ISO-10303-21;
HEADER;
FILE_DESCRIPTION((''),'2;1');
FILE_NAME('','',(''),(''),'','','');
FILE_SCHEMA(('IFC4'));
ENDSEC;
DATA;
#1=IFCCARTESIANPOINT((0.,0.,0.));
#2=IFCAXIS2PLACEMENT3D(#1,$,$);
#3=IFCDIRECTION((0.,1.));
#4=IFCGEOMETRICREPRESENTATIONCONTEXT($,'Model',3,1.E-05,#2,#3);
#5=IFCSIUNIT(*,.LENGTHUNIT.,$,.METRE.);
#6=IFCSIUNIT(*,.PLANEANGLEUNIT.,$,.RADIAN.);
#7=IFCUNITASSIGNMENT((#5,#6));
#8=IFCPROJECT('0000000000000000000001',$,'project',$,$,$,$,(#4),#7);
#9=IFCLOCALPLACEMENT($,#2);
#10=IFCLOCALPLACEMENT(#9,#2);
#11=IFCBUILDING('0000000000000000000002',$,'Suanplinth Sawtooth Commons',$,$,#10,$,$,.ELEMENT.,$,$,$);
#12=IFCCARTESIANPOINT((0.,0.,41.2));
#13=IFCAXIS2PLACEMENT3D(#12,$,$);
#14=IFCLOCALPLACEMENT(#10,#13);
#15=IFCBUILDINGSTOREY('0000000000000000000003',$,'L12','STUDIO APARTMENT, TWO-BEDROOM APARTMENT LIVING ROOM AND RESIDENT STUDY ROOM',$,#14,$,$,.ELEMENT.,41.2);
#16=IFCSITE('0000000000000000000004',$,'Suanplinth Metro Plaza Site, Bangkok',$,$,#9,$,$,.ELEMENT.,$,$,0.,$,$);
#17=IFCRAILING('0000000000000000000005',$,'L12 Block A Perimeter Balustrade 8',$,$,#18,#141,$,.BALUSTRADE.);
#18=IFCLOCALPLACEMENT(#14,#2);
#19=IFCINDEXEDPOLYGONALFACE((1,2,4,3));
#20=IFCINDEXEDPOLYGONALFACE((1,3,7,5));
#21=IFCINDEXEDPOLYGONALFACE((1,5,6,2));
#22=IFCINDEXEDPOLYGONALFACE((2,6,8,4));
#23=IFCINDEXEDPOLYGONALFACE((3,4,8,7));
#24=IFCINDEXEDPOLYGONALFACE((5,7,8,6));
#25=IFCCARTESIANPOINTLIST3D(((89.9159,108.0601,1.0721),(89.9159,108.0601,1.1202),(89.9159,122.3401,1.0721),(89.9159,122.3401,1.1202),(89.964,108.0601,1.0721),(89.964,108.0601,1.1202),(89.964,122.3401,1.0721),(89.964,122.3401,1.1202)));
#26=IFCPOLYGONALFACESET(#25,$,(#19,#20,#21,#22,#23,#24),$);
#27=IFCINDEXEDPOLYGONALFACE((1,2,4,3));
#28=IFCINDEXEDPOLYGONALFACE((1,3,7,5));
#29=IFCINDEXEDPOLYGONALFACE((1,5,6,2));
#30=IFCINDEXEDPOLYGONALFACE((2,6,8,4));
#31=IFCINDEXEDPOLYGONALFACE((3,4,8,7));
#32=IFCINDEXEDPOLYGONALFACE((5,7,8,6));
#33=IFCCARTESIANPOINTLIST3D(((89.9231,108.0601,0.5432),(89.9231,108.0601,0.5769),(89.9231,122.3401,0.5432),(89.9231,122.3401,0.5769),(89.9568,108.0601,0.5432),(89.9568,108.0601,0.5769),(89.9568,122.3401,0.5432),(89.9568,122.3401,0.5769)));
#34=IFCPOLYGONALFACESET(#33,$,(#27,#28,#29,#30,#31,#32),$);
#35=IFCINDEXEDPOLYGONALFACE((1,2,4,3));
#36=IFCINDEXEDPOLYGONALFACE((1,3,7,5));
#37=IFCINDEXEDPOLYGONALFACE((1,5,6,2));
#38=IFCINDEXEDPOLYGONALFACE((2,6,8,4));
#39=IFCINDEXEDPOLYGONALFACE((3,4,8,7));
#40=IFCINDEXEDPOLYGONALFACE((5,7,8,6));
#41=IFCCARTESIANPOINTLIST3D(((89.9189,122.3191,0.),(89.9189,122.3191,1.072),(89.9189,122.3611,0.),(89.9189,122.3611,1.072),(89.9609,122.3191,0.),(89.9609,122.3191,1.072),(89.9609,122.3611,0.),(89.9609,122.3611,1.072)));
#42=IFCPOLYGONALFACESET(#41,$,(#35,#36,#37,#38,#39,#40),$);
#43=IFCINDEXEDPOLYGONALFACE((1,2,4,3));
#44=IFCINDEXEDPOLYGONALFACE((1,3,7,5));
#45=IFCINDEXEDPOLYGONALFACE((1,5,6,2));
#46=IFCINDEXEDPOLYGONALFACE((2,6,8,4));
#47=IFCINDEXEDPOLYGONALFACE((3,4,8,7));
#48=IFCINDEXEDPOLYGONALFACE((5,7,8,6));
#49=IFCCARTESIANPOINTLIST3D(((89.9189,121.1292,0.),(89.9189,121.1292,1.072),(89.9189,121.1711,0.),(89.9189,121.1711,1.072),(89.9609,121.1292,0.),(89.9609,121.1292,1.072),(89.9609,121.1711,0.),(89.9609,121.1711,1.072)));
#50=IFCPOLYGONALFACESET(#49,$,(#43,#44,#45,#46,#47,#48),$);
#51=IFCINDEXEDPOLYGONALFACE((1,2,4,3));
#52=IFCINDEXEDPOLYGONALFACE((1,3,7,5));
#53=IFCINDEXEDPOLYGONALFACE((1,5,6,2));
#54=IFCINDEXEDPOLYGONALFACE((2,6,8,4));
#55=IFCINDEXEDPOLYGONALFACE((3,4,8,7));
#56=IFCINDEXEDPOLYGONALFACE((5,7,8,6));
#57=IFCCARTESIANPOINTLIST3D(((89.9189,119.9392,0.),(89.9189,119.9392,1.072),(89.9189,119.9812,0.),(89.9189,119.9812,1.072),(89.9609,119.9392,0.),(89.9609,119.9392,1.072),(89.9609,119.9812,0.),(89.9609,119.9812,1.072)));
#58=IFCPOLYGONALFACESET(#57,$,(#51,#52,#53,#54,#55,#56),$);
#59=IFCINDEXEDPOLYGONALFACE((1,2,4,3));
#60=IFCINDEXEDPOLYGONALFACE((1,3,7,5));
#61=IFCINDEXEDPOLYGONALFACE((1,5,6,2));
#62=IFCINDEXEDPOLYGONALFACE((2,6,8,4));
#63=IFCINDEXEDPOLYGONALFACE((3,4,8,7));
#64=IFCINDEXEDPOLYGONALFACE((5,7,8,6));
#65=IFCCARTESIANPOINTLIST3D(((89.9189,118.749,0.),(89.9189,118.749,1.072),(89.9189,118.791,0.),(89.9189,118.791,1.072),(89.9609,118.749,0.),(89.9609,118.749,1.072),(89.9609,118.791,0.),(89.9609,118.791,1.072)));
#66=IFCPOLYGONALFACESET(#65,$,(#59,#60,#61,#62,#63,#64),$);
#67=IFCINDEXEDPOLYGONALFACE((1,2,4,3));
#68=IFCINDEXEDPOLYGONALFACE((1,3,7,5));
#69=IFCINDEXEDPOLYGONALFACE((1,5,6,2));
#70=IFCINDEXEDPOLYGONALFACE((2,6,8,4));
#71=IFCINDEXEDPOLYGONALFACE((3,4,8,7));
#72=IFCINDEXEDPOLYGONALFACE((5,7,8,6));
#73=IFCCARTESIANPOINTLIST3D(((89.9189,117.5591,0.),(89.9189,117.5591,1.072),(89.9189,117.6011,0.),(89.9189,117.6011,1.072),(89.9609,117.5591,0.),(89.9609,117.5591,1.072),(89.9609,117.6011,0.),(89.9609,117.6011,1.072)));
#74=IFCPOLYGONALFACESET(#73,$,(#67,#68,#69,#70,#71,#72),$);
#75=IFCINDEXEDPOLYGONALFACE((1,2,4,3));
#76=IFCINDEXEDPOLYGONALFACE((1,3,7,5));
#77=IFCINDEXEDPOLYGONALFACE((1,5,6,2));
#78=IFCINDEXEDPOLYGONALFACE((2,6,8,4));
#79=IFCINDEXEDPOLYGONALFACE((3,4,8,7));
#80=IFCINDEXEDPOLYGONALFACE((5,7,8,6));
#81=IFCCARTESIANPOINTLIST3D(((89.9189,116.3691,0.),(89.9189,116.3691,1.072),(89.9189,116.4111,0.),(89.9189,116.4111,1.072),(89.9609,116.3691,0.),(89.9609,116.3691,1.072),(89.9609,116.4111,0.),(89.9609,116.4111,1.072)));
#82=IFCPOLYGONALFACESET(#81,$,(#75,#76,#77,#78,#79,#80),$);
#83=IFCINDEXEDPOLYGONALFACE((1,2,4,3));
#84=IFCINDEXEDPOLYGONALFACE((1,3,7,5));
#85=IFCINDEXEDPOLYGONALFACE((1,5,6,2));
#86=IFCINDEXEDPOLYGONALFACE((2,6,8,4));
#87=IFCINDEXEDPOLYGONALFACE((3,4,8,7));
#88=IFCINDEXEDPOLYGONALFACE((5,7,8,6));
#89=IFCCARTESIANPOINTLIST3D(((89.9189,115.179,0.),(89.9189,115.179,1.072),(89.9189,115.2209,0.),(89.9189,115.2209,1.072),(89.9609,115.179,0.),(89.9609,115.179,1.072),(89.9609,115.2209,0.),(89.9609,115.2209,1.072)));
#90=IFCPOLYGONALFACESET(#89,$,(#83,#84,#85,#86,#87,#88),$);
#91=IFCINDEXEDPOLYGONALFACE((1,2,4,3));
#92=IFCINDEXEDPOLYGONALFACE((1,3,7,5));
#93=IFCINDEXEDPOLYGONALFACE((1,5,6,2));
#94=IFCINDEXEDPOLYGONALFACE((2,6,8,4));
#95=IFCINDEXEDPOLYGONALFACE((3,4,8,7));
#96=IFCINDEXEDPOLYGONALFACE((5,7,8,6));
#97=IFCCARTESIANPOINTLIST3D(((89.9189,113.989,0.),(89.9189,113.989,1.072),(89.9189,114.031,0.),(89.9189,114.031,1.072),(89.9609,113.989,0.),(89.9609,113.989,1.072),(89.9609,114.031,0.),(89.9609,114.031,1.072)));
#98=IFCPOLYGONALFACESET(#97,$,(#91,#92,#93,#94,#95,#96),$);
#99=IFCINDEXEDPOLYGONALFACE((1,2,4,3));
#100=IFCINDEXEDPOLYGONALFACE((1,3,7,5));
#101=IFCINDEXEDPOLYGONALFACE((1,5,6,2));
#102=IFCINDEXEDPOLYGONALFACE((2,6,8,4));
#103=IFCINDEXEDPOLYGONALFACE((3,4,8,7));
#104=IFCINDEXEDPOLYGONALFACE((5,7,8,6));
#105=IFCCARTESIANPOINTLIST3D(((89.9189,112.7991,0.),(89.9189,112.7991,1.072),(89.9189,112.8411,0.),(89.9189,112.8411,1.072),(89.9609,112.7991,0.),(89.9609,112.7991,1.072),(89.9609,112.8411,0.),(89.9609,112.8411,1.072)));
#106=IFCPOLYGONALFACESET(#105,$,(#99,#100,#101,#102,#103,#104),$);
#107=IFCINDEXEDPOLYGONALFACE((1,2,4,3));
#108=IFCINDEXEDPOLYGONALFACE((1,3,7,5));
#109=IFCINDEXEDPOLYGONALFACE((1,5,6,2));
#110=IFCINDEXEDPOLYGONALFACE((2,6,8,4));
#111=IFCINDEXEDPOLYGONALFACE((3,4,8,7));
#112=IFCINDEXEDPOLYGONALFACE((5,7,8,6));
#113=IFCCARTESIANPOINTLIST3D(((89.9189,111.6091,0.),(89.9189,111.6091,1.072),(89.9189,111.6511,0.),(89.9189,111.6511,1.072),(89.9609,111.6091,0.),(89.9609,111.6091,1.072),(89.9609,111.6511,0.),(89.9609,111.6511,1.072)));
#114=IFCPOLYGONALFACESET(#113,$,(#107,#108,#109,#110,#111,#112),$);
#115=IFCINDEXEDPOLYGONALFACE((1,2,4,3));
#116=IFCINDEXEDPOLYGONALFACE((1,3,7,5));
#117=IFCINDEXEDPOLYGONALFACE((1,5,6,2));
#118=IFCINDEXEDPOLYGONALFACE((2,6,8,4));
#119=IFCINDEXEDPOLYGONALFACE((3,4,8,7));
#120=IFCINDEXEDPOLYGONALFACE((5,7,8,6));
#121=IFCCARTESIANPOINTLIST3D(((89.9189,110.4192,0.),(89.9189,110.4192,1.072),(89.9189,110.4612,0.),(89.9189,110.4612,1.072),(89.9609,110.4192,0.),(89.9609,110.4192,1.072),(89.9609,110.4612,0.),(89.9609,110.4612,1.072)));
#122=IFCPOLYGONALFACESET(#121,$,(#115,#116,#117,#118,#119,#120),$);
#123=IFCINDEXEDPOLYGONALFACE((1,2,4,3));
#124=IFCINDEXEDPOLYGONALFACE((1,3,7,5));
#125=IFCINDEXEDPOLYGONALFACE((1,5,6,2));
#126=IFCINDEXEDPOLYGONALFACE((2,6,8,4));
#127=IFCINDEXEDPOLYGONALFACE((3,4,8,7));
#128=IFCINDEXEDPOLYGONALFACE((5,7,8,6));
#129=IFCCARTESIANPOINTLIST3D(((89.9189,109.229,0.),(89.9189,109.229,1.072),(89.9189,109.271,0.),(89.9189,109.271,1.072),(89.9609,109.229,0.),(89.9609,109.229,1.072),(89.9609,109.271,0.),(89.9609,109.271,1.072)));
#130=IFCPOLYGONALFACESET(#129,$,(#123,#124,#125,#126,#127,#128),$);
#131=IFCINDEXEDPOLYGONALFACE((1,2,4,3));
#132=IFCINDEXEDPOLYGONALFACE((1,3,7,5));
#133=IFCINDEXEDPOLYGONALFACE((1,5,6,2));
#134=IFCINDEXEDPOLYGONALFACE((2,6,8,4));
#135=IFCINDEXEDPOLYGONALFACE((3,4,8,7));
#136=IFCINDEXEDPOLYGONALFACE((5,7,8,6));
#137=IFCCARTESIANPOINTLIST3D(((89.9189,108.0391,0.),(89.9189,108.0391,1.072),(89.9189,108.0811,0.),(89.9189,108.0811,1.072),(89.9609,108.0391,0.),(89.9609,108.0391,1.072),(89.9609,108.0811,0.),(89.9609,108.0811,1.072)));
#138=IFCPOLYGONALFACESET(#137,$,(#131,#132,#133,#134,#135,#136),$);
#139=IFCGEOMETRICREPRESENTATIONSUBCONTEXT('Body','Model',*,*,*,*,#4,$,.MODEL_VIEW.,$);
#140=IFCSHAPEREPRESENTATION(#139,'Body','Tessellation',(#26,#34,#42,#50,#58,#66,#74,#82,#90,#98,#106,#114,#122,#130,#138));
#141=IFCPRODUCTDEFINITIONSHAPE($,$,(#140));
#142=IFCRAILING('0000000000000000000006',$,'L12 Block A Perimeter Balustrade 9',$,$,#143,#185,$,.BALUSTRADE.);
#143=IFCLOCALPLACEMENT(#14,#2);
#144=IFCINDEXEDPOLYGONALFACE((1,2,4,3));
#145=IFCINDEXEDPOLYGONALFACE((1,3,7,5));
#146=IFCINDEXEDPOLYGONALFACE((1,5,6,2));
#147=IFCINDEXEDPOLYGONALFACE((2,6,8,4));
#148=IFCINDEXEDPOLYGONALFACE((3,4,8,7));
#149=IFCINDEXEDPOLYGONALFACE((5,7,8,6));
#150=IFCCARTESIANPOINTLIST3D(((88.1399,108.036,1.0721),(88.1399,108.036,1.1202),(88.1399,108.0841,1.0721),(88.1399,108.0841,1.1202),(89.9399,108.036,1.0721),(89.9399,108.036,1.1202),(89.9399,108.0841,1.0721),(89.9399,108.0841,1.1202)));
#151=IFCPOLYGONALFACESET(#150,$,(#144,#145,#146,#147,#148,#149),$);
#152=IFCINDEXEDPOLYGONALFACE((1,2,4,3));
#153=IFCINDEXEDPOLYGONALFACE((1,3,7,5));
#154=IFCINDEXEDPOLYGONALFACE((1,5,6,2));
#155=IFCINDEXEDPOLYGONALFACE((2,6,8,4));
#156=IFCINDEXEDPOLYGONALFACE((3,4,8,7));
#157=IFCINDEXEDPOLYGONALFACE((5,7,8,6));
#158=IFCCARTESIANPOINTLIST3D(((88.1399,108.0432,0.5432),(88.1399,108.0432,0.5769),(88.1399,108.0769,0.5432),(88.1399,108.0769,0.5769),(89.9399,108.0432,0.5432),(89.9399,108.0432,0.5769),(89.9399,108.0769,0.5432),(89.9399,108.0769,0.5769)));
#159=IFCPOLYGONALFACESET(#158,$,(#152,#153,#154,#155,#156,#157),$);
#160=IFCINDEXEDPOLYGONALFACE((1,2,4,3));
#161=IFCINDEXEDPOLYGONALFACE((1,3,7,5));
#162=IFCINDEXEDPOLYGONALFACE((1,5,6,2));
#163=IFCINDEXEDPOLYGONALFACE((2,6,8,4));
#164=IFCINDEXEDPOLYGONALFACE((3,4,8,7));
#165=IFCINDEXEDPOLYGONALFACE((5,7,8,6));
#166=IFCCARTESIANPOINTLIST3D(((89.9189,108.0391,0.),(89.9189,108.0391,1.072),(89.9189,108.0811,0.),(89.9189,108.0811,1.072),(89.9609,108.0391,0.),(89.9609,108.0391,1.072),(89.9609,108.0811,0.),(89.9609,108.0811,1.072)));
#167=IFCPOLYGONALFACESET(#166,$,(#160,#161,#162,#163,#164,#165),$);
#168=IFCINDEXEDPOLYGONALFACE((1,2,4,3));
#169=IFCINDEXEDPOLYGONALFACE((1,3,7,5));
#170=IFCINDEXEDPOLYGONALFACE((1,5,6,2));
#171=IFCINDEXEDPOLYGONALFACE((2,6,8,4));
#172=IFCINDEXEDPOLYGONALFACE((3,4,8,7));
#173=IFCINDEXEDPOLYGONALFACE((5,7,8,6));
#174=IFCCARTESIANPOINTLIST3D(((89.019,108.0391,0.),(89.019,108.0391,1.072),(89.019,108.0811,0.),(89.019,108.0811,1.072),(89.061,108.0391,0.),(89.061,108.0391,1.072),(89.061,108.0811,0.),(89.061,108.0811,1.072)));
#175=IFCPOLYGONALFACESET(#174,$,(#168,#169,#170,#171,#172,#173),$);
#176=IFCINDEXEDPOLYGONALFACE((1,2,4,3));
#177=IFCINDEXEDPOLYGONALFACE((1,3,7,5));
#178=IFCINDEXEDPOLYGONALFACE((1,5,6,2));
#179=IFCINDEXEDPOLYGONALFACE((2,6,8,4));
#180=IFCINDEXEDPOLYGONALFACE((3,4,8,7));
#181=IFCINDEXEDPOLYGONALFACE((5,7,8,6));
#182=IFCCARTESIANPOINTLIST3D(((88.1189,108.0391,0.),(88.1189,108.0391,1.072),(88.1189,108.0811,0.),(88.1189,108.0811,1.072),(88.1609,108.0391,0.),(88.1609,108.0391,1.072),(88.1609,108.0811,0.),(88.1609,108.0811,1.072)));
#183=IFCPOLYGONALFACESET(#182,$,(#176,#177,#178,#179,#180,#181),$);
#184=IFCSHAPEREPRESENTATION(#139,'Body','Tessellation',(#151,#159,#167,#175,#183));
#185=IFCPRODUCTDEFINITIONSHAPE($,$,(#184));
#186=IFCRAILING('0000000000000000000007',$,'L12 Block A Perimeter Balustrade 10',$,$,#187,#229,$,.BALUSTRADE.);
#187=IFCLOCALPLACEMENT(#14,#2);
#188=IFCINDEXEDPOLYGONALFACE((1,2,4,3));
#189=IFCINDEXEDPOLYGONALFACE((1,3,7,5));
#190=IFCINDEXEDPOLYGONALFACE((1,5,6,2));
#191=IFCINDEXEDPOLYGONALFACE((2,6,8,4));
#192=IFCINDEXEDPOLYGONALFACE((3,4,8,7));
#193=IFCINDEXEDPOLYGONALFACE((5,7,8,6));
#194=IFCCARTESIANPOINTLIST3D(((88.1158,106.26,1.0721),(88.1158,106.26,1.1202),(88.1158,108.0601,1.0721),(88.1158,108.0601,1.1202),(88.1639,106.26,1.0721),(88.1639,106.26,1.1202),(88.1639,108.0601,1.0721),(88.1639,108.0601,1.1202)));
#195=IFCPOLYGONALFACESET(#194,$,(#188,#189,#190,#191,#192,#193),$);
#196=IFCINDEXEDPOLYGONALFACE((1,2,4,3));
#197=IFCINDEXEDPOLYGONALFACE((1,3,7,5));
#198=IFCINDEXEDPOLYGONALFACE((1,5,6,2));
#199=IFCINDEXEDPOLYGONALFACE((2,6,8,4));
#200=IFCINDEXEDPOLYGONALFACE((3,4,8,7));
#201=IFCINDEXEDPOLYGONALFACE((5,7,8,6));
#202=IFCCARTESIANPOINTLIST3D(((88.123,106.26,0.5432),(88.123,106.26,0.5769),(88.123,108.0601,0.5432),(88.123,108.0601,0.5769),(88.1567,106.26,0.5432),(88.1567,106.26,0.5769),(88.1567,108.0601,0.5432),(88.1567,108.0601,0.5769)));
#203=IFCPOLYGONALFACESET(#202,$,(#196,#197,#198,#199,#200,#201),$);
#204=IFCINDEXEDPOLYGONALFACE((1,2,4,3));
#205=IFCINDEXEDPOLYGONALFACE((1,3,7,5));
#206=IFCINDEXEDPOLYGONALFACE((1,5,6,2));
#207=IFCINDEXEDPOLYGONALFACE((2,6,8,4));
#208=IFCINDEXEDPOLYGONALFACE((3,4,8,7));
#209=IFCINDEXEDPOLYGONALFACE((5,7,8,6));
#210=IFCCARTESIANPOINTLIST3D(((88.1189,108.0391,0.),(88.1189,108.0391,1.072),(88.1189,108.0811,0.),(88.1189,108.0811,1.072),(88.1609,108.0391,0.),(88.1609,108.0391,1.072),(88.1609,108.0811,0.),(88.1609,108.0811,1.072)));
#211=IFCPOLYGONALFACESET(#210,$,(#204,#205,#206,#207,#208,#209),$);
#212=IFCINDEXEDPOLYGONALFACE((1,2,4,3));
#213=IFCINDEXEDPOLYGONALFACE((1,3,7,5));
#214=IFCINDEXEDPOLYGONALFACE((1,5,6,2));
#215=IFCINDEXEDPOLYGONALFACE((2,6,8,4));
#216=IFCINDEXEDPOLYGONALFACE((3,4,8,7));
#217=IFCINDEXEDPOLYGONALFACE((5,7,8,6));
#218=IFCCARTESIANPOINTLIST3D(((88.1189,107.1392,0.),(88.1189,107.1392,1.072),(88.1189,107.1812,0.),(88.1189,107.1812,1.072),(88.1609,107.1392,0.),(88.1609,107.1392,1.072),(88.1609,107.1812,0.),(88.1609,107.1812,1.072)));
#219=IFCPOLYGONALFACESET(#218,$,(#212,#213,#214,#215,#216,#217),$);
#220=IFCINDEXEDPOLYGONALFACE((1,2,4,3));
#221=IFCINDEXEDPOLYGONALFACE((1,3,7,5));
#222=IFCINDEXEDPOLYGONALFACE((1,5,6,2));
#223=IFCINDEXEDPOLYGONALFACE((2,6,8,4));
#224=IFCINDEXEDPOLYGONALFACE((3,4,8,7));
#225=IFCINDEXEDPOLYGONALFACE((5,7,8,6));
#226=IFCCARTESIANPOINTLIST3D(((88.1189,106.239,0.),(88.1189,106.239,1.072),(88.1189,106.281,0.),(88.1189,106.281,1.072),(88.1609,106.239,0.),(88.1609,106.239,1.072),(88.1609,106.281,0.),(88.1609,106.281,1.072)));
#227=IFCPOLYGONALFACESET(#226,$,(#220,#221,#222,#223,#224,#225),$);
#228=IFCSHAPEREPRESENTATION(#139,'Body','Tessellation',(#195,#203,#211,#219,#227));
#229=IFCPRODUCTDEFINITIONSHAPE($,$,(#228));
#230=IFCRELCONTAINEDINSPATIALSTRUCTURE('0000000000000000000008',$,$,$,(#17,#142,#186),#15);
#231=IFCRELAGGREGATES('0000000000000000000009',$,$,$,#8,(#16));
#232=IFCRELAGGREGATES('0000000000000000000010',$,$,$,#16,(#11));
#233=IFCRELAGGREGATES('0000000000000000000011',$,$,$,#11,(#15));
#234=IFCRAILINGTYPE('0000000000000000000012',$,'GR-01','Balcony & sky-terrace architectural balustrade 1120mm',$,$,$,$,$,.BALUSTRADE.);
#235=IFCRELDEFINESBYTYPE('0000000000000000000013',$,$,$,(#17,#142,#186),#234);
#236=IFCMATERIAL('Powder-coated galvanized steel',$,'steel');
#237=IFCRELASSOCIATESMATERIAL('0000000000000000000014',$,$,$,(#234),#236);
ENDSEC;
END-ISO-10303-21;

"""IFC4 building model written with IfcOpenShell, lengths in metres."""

from ifc_helpers import new_model, si_unit, direction, frame, origin, origin_2d, place, context, subcontext, project, spatial, rectangle, extrude, material, type_object, element, save


model = new_model("IFC4")

# Units and contexts
model_context = context("Model", 3, precision=1e-05, world=origin(), true_north=direction((0.0, 1.0)))
body_context = subcontext(model_context, "Body", "Model", "MODEL_VIEW")
ifc_project = project(units=[si_unit("LENGTHUNIT", "METRE"), si_unit("PLANEANGLEUNIT", "RADIAN")], contexts=[model_context])

# Site, building, storey
site_placement = place(None, origin())
site = spatial("IfcSite", under=ifc_project, at=site_placement, Name="Suanplinth Metro Plaza Site, Bangkok", CompositionType="ELEMENT", RefElevation=0.0)
building_placement = place(site_placement, origin())
building = spatial("IfcBuilding", under=site, at=building_placement, Name="Suanplinth Sawtooth Commons", CompositionType="ELEMENT")
storey_placement = place(building_placement, frame((0.0, 0.0, 41.2)))
storey = spatial("IfcBuildingStorey", under=building, at=storey_placement, Name="L12", Description="STUDIO APARTMENT, TWO-BEDROOM APARTMENT LIVING ROOM AND RESIDENT STUDY ROOM", CompositionType="ELEMENT", Elevation=41.2)

# Railings
ifc_material_1 = material(Name="Powder-coated galvanized steel", Category="steel")
railing_type = type_object("IfcRailingType", Name="GR-01", Description="Balcony & sky-terrace architectural balustrade 1120mm", PredefinedType="BALUSTRADE", material=ifc_material_1)
railing_1_placement = place(storey_placement, frame((89.9399, 122.3401, 0.0)))
element("IfcRailing", 1, at=railing_1_placement, inside=storey, type_object=railing_type, Name="L12 Block A Perimeter Balustrade 8", PredefinedType="BALUSTRADE", context=body_context, shape_type="SweptSolid", body=[
    extrude(rectangle(XDim=0.0481, YDim=0.0481, at=origin_2d()), frame((0.0, 0.0, 1.0962), z_axis=(0.0, -1.0, 0.0), x_axis=(1.0, 0.0, 0.0)), (0.0, 0.0, 1.0), 14.28),
    extrude(rectangle(XDim=0.0337, YDim=0.0337, at=origin_2d()), frame((0.0, 0.0, 0.5601), z_axis=(0.0, -1.0, 0.0), x_axis=(1.0, 0.0, 0.0)), (0.0, 0.0, 1.0), 14.28),
    extrude(rectangle(XDim=0.042, YDim=0.042, at=origin_2d()), origin(), (0.0, 0.0, 1.0), 1.072),
    extrude(rectangle(XDim=0.042, YDim=0.042, at=origin_2d()), frame((0.0, -1.1899, 0.0)), (0.0, 0.0, 1.0), 1.072),
    extrude(rectangle(XDim=0.042, YDim=0.042, at=origin_2d()), frame((0.0, -2.3799, 0.0)), (0.0, 0.0, 1.0), 1.072),
    extrude(rectangle(XDim=0.042, YDim=0.042, at=origin_2d()), frame((0.0, -3.5701, 0.0)), (0.0, 0.0, 1.0), 1.072),
    extrude(rectangle(XDim=0.042, YDim=0.042, at=origin_2d()), frame((0.0, -4.76, 0.0)), (0.0, 0.0, 1.0), 1.072),
    extrude(rectangle(XDim=0.042, YDim=0.042, at=origin_2d()), frame((0.0, -5.95, 0.0)), (0.0, 0.0, 1.0), 1.072),
    extrude(rectangle(XDim=0.042, YDim=0.042, at=origin_2d()), frame((0.0, -7.1401, 0.0)), (0.0, 0.0, 1.0), 1.072),
    extrude(rectangle(XDim=0.042, YDim=0.042, at=origin_2d()), frame((0.0, -8.3301, 0.0)), (0.0, 0.0, 1.0), 1.072),
    extrude(rectangle(XDim=0.042, YDim=0.042, at=origin_2d()), frame((0.0, -9.52, 0.0)), (0.0, 0.0, 1.0), 1.072),
    extrude(rectangle(XDim=0.042, YDim=0.042, at=origin_2d()), frame((0.0, -10.71, 0.0)), (0.0, 0.0, 1.0), 1.072),
    extrude(rectangle(XDim=0.042, YDim=0.042, at=origin_2d()), frame((0.0, -11.8999, 0.0)), (0.0, 0.0, 1.0), 1.072),
    extrude(rectangle(XDim=0.042, YDim=0.042, at=origin_2d()), frame((0.0, -13.0901, 0.0)), (0.0, 0.0, 1.0), 1.072),
    extrude(rectangle(XDim=0.042, YDim=0.042, at=origin_2d()), frame((0.0, -14.28, 0.0)), (0.0, 0.0, 1.0), 1.072),
])
railing_2_placement = place(storey_placement, frame((89.9399, 108.0601, 0.0)))
element("IfcRailing", 2, at=railing_2_placement, inside=storey, type_object=railing_type, Name="L12 Block A Perimeter Balustrade 9", PredefinedType="BALUSTRADE", context=body_context, shape_type="SweptSolid", body=[
    extrude(rectangle(XDim=0.0481, YDim=0.0481, at=origin_2d()), frame((0.0, 0.0, 1.0962), z_axis=(-1.0, 0.0, 0.0), x_axis=(0.0, -1.0, 0.0)), (0.0, 0.0, 1.0), 1.8),
    extrude(rectangle(XDim=0.0337, YDim=0.0337, at=origin_2d()), frame((0.0, 0.0, 0.5601), z_axis=(-1.0, 0.0, 0.0), x_axis=(0.0, -1.0, 0.0)), (0.0, 0.0, 1.0), 1.8),
    extrude(rectangle(XDim=0.042, YDim=0.042, at=origin_2d()), origin(), (0.0, 0.0, 1.0), 1.072),
    extrude(rectangle(XDim=0.042, YDim=0.042, at=origin_2d()), frame((-0.8999, 0.0, 0.0)), (0.0, 0.0, 1.0), 1.072),
    extrude(rectangle(XDim=0.042, YDim=0.042, at=origin_2d()), frame((-1.8, 0.0, 0.0)), (0.0, 0.0, 1.0), 1.072),
])
railing_3_placement = place(storey_placement, frame((88.1399, 108.0601, 0.0)))
element("IfcRailing", 3, at=railing_3_placement, inside=storey, type_object=railing_type, Name="L12 Block A Perimeter Balustrade 10", PredefinedType="BALUSTRADE", context=body_context, shape_type="SweptSolid", body=[
    extrude(rectangle(XDim=0.0481, YDim=0.0481, at=origin_2d()), frame((0.0, 0.0, 1.0962), z_axis=(0.0, -1.0, 0.0), x_axis=(1.0, 0.0, 0.0)), (0.0, 0.0, 1.0), 1.8),
    extrude(rectangle(XDim=0.0337, YDim=0.0337, at=origin_2d()), frame((0.0, 0.0, 0.5601), z_axis=(0.0, -1.0, 0.0), x_axis=(1.0, 0.0, 0.0)), (0.0, 0.0, 1.0), 1.8),
    extrude(rectangle(XDim=0.042, YDim=0.042, at=origin_2d()), origin(), (0.0, 0.0, 1.0), 1.072),
    extrude(rectangle(XDim=0.042, YDim=0.042, at=origin_2d()), frame((0.0, -0.8999, 0.0)), (0.0, 0.0, 1.0), 1.072),
    extrude(rectangle(XDim=0.042, YDim=0.042, at=origin_2d()), frame((0.0, -1.8, 0.0)), (0.0, 0.0, 1.0), 1.072),
])

save(model, "model.ifc")
